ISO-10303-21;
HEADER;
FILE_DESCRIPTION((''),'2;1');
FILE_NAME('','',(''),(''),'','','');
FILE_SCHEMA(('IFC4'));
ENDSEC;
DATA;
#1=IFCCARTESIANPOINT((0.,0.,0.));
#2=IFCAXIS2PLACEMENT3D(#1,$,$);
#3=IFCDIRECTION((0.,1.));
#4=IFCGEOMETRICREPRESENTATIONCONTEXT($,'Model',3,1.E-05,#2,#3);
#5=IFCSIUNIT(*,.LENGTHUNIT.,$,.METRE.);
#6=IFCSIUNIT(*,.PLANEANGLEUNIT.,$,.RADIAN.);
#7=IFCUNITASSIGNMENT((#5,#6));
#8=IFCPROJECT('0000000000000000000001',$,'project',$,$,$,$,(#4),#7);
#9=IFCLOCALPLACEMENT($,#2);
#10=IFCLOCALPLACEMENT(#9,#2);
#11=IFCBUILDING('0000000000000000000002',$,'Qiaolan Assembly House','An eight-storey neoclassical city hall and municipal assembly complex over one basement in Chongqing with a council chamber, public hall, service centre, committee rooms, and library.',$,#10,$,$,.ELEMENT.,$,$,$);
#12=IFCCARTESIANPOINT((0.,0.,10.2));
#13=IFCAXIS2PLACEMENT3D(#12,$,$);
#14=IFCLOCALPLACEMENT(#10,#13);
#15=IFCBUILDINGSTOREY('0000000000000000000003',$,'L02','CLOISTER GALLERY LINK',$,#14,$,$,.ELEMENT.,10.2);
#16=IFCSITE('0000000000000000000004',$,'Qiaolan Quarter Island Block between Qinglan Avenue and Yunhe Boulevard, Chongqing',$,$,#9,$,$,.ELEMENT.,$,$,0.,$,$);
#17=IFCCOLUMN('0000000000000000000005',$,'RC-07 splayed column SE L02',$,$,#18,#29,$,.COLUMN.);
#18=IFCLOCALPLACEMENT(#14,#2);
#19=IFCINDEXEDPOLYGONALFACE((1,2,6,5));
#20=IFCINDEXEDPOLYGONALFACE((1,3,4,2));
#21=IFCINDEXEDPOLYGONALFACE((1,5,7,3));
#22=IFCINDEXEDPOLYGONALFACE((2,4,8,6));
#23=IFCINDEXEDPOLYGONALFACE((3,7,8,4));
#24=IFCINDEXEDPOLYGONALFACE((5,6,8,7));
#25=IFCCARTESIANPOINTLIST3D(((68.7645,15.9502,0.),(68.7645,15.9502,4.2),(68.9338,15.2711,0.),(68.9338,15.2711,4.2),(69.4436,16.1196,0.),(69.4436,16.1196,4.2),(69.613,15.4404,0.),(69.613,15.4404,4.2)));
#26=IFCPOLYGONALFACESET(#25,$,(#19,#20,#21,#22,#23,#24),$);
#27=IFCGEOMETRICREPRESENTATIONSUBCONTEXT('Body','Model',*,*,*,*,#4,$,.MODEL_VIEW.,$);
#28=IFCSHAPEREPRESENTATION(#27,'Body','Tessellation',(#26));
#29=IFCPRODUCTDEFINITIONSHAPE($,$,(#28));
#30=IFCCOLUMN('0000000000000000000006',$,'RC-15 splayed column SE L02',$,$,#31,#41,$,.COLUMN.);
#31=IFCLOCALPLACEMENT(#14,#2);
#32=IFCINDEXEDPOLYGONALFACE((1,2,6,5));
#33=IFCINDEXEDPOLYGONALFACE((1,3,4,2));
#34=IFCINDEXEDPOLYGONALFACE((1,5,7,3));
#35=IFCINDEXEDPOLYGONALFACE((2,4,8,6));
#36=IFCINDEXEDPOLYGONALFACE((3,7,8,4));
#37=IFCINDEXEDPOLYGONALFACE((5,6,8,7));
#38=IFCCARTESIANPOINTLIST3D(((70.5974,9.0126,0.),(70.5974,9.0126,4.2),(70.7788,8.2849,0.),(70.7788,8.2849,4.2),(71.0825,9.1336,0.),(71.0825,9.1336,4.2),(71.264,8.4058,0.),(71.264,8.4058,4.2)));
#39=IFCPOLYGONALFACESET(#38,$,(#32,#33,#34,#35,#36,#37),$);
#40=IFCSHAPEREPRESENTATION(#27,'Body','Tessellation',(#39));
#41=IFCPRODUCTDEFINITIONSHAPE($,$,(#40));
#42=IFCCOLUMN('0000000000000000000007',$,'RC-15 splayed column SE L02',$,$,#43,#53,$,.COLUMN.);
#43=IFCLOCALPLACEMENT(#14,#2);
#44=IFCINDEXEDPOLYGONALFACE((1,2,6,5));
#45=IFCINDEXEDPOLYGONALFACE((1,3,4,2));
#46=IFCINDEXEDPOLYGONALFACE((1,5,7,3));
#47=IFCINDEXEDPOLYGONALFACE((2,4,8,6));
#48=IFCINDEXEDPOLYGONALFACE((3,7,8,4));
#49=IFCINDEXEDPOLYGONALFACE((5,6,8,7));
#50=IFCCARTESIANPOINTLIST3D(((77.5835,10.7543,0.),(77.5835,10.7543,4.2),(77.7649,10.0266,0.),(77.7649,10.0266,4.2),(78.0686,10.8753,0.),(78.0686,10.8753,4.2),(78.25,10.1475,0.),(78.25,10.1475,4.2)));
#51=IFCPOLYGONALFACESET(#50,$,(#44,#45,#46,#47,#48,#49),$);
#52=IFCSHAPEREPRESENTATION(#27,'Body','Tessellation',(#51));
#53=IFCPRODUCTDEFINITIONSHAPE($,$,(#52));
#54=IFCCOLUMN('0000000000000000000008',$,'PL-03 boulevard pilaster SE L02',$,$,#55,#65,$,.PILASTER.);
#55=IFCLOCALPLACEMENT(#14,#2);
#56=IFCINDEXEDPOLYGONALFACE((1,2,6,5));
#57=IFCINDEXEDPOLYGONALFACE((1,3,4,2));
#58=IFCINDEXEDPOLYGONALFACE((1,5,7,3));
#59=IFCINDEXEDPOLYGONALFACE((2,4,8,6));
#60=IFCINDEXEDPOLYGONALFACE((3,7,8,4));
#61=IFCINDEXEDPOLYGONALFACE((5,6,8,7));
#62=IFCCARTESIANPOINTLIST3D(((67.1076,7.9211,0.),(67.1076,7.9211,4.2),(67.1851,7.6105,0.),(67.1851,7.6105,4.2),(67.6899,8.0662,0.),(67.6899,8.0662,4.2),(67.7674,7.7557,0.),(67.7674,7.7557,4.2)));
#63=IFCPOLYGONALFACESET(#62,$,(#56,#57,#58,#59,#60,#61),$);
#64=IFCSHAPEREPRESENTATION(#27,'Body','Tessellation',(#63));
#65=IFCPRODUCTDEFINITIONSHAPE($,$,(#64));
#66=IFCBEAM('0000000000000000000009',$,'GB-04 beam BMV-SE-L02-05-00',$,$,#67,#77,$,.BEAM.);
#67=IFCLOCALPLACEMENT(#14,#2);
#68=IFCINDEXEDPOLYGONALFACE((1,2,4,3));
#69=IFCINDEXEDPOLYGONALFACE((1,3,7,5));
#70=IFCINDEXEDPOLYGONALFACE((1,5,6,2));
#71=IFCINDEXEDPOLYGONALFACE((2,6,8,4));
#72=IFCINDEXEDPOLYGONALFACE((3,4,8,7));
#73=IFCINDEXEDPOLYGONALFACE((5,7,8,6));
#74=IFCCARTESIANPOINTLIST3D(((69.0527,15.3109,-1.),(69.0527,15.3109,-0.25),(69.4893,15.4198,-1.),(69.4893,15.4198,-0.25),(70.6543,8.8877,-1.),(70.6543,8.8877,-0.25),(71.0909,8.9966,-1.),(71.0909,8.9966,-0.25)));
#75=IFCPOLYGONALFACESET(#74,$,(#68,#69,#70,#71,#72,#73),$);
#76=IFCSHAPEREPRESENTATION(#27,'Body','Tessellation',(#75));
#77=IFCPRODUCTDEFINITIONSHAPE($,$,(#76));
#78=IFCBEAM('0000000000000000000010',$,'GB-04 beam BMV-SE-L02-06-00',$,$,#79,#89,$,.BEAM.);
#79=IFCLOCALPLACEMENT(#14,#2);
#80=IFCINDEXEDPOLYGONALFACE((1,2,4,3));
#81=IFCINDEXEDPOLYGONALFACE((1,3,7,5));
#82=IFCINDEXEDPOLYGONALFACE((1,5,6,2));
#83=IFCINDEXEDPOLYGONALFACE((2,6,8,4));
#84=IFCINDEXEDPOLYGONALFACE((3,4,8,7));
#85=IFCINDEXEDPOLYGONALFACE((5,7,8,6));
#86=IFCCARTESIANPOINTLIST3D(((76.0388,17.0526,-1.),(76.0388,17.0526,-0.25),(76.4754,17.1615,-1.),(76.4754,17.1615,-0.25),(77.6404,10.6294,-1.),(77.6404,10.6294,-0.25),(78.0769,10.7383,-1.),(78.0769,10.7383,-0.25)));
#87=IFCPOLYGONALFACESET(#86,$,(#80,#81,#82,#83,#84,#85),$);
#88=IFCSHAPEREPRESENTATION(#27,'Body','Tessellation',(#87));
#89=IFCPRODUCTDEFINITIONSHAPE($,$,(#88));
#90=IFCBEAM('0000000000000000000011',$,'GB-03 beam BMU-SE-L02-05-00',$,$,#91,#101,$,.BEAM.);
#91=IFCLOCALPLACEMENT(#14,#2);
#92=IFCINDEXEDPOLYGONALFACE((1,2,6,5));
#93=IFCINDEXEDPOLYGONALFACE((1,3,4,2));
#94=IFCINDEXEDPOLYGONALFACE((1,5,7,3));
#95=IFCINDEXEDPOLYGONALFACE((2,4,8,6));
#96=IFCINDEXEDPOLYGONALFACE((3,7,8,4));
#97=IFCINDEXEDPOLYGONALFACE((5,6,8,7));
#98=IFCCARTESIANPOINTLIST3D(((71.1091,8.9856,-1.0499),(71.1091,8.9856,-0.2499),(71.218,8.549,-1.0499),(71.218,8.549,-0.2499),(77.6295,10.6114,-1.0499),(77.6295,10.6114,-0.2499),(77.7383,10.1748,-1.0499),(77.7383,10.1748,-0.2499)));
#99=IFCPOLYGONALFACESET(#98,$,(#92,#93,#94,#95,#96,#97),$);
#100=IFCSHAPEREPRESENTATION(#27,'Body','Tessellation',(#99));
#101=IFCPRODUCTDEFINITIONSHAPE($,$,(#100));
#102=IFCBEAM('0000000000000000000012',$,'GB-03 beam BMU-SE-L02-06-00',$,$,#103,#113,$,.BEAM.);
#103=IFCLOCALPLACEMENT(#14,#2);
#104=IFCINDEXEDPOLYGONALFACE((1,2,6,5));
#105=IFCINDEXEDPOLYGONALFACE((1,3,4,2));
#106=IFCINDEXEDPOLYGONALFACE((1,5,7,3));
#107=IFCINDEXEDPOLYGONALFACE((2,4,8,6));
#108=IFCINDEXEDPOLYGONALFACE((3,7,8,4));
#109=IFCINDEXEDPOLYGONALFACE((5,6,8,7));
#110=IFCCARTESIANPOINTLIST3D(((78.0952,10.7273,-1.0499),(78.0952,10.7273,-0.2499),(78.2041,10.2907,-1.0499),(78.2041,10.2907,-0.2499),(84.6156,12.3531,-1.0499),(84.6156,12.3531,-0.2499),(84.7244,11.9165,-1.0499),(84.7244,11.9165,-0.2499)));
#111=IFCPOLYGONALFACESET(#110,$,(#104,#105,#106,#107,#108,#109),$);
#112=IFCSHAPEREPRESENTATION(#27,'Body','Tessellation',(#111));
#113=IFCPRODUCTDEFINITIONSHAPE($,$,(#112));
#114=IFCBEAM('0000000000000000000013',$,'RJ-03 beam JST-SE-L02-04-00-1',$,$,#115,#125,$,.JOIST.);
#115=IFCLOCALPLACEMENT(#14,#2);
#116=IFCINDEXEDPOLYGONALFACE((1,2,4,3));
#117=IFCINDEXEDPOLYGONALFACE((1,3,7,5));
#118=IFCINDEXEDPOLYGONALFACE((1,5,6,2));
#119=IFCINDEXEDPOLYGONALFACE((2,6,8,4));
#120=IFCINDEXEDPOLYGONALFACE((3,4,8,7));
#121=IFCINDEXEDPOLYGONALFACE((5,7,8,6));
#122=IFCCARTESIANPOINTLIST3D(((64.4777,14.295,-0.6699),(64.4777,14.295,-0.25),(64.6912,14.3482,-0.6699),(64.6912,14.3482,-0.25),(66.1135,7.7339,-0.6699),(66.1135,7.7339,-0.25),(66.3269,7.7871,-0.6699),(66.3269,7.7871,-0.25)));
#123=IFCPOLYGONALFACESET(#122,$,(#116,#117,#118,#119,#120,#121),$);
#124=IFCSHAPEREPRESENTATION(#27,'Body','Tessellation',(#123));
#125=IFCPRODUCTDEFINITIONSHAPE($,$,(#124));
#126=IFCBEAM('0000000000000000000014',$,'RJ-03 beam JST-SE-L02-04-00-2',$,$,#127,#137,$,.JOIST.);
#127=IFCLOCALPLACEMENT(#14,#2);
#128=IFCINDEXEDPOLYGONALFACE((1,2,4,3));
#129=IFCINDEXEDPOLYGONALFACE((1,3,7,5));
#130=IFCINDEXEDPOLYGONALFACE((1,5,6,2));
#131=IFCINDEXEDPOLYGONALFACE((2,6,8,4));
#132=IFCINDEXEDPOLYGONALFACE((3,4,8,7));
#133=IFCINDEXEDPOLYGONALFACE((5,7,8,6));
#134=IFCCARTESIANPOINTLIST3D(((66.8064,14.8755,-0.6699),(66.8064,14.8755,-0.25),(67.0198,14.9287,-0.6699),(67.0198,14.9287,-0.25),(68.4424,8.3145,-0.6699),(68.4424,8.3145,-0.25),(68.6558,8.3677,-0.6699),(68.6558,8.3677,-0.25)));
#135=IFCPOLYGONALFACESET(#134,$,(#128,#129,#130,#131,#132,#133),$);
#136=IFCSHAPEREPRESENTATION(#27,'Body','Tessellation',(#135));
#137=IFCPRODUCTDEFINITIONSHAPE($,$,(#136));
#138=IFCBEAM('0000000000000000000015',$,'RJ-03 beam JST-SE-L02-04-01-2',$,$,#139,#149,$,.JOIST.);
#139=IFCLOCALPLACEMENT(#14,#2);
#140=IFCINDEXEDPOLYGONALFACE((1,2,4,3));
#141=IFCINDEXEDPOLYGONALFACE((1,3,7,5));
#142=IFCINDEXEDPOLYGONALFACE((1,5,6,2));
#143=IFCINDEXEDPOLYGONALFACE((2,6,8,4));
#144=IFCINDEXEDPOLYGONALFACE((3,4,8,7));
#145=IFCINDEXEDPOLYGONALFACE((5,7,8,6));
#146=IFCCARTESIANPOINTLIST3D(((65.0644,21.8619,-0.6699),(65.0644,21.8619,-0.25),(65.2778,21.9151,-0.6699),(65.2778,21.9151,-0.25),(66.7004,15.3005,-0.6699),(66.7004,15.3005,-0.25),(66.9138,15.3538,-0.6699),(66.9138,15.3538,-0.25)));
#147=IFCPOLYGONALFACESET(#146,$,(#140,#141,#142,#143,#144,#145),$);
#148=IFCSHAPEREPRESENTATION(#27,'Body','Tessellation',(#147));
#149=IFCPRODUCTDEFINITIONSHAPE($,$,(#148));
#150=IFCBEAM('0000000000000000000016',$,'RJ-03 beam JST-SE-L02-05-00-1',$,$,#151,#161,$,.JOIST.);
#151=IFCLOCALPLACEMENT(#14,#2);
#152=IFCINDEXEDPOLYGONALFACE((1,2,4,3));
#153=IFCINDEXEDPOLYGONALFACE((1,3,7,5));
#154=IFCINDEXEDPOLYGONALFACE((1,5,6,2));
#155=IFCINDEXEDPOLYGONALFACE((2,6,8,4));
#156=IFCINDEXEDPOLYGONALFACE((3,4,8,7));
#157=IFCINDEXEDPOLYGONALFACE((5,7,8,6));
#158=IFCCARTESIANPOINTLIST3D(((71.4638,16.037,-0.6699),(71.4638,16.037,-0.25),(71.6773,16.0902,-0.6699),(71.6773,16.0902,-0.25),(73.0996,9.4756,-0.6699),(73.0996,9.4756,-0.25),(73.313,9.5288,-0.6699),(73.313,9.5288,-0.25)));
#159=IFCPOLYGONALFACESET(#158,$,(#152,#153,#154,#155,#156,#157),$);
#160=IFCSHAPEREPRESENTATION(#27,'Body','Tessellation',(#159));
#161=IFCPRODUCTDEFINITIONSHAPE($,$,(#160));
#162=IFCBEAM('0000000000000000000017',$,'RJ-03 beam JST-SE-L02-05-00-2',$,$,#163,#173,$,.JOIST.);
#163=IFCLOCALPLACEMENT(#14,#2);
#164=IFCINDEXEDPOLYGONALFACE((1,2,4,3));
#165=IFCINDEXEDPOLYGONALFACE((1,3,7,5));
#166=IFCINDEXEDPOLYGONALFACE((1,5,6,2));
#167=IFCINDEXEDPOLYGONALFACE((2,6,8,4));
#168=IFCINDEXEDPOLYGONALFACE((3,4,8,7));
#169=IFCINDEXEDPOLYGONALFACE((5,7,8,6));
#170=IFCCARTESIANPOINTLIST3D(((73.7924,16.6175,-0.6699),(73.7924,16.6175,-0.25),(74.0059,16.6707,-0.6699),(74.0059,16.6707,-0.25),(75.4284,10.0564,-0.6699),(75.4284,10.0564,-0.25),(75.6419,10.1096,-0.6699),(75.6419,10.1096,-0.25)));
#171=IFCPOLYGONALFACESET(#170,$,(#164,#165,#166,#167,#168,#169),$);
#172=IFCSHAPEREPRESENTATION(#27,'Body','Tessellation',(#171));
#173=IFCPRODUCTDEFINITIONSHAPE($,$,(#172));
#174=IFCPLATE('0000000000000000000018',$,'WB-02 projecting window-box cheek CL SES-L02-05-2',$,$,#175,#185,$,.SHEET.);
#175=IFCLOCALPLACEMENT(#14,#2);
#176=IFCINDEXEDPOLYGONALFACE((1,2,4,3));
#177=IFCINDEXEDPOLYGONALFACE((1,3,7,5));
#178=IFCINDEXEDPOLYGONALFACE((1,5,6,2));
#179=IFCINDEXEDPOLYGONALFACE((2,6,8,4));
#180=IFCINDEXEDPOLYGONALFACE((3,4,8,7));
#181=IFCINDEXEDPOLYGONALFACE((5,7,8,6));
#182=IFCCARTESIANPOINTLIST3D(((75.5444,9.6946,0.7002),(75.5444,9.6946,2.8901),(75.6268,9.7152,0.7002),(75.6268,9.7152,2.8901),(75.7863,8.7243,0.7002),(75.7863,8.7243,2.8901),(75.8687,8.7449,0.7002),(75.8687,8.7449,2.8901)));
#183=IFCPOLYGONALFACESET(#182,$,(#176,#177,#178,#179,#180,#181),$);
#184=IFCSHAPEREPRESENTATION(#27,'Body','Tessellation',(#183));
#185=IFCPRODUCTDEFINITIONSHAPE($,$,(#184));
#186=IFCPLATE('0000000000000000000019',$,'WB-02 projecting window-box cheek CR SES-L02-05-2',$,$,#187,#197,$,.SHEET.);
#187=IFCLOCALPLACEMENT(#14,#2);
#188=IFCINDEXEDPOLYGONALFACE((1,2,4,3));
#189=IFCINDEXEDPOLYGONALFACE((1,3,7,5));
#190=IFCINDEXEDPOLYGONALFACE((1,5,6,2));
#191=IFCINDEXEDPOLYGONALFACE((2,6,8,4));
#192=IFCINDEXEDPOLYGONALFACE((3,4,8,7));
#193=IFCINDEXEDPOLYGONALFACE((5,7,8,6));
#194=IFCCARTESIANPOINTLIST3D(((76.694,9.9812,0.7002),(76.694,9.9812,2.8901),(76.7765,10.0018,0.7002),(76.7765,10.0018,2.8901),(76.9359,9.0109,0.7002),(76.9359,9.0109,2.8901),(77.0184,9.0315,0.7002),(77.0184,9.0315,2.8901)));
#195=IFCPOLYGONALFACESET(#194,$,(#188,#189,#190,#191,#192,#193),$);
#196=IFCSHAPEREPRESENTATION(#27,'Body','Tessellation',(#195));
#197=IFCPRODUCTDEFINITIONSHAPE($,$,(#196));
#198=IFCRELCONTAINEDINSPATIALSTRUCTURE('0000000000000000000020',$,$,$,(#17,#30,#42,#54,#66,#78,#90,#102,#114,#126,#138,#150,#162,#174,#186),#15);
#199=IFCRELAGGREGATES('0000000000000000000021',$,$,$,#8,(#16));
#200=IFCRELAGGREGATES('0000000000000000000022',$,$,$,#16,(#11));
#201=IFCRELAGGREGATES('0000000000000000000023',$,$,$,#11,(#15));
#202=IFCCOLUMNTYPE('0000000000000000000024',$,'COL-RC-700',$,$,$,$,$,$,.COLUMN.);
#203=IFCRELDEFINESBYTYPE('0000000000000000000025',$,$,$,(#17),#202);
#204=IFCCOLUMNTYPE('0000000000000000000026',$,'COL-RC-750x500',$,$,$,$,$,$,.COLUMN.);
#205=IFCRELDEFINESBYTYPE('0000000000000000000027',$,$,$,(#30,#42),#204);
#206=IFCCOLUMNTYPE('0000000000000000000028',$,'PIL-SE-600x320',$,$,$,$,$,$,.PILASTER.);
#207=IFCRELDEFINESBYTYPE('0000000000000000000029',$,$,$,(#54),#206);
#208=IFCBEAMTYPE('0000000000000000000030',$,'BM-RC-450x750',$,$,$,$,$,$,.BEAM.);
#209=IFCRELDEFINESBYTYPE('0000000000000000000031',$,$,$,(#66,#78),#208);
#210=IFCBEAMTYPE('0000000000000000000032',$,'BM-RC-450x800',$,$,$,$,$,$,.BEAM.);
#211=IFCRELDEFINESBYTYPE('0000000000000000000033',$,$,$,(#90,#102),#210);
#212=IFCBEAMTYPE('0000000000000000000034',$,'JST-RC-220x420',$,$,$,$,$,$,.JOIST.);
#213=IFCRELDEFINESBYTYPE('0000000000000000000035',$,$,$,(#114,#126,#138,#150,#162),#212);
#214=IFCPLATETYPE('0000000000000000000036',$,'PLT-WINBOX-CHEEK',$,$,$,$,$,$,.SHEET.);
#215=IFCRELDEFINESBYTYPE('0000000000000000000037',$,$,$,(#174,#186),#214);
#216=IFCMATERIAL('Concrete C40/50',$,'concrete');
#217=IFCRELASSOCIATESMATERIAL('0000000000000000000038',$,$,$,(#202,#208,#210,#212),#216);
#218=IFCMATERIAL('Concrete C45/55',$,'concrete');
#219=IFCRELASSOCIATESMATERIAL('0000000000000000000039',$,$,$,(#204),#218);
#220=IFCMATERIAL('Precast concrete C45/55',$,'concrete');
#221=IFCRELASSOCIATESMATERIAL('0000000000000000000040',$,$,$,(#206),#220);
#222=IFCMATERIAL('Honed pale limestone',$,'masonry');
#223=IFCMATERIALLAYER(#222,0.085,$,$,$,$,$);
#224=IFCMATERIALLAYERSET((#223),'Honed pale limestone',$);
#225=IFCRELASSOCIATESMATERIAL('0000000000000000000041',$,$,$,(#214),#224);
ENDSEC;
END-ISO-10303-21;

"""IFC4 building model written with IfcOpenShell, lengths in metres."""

from ifc_helpers import new_model, si_unit, direction, frame, origin, origin_2d, place, context, subcontext, project, spatial, rectangle, extrude, material, layer, layer_set, material_profile, profile_set, type_object, element, save


model = new_model("IFC4")

# Units and contexts
model_context = context("Model", 3, precision=1e-05, world=origin(), true_north=direction((0.0, 1.0)))
body_context = subcontext(model_context, "Body", "Model", "MODEL_VIEW")
ifc_project = project(units=[si_unit("LENGTHUNIT", "METRE"), si_unit("PLANEANGLEUNIT", "RADIAN")], contexts=[model_context])

# Site, building, storey
site_placement = place(None, origin())
site = spatial("IfcSite", under=ifc_project, at=site_placement, Name="Qiaolan Quarter Island Block between Qinglan Avenue and Yunhe Boulevard, Chongqing", CompositionType="ELEMENT", RefElevation=0.0)
building_placement = place(site_placement, origin())
building = spatial("IfcBuilding", under=site, at=building_placement, Name="Qiaolan Assembly House", Description="An eight-storey neoclassical city hall and municipal assembly complex over one basement in Chongqing with a council chamber, public hall, service centre, committee rooms, and library.", CompositionType="ELEMENT")
storey_placement = place(building_placement, frame((0.0, 0.0, 10.2)))
storey = spatial("IfcBuildingStorey", under=building, at=storey_placement, Name="L02", Description="CLOISTER GALLERY LINK", CompositionType="ELEMENT", Elevation=10.2)

# Columns
ifc_material_1 = material(Name="Concrete C40/50", Category="concrete")
ifc_material_profile_1 = material_profile(ifc_material_1, rectangle(XDim=0.7, YDim=0.7, at=origin_2d()), Name="RC 700x700")
ifc_profile_set_1 = profile_set([ifc_material_profile_1], Name="Concrete C40/50")
column_type_1 = type_object("IfcColumnType", Name="COL-RC-700", PredefinedType="COLUMN", material=ifc_profile_set_1)
column_1_placement = place(storey_placement, frame((69.1887, 15.6953, 0.0), z_axis=(0.0, 0.0, 1.0), x_axis=(0.970296, 0.241922, 0.0)))
element("IfcColumn", 1, at=column_1_placement, inside=storey, type_object=column_type_1, Name="RC-07 splayed column SE L02", PredefinedType="COLUMN", context=body_context, shape_type="SweptSolid", body=[
    extrude(rectangle(XDim=0.7, YDim=0.7, at=origin_2d()), origin(), (0.0, 0.0, 1.0), 4.2),
])
ifc_material_2 = material(Name="Concrete C45/55", Category="concrete")
ifc_material_profile_2 = material_profile(ifc_material_2, rectangle(XDim=0.5, YDim=0.75, at=origin_2d()), Name="RC 750x500")
ifc_profile_set_2 = profile_set([ifc_material_profile_2], Name="Concrete C45/55")
column_type_2 = type_object("IfcColumnType", Name="COL-RC-750x500", PredefinedType="COLUMN", material=ifc_profile_set_2)
for number, where, z_axis, x_axis, name in (
    (2, (70.9307, 8.7092, 0.0), (0.0, 0.0, 1.0), (0.970296, 0.241922, 0.0), "RC-15 splayed column SE L02"),
    (3, (77.9167, 10.4509, 0.0), (0.0, 0.0, 1.0), (0.970296, 0.241922, 0.0), "RC-15 splayed column SE L02"),
):
    element("IfcColumn", number, at=place(storey_placement, frame(where, z_axis=z_axis, x_axis=x_axis)), inside=storey, type_object=column_type_2, Name=name, PredefinedType="COLUMN", context=body_context, shape_type="SweptSolid", body=[
        extrude(rectangle(XDim=0.5, YDim=0.75, at=origin_2d()), origin(), (0.0, 0.0, 1.0), 4.2),
    ])
ifc_material_3 = material(Name="Precast concrete C45/55", Category="concrete")
ifc_material_profile_3 = material_profile(ifc_material_3, rectangle(XDim=0.6001, YDim=0.3201, at=origin_2d()), Name="PIL 600x320")
ifc_profile_set_3 = profile_set([ifc_material_profile_3], Name="Precast concrete C45/55")
column_type_3 = type_object("IfcColumnType", Name="PIL-SE-600x320", PredefinedType="PILASTER", material=ifc_profile_set_3)
column_2_placement = place(storey_placement, frame((67.4375, 7.8384, 0.0), z_axis=(0.0, 0.0, 1.0), x_axis=(0.970296, 0.241922, 0.0)))
element("IfcColumn", 4, at=column_2_placement, inside=storey, type_object=column_type_3, Name="PL-03 boulevard pilaster SE L02", PredefinedType="PILASTER", context=body_context, shape_type="SweptSolid", body=[
    extrude(rectangle(XDim=0.6001, YDim=0.3201, at=origin_2d()), origin(), (0.0, 0.0, 1.0), 4.2),
])

# Beams
ifc_material_profile_4 = material_profile(ifc_material_1, rectangle(XDim=0.45, YDim=0.75, at=origin_2d()), Name="RCB 450x750")
ifc_profile_set_4 = profile_set([ifc_material_profile_4], Name="Concrete C40/50")
beam_type_1 = type_object("IfcBeamType", Name="BM-RC-450x750", PredefinedType="BEAM", material=ifc_profile_set_4)
for number, where, z_axis, x_axis, name in (
    (5, (70.8726, 8.9421, -0.625), (-0.241928, 0.970294, 0.0), (-0.970294, -0.241928, 0.0), "GB-04 beam BMV-SE-L02-05-00"),
    (6, (77.8586, 10.6838, -0.625), (-0.241928, 0.970294, 0.0), (-0.970294, -0.241928, 0.0), "GB-04 beam BMV-SE-L02-06-00"),
):
    element("IfcBeam", number, at=place(storey_placement, frame(where, z_axis=z_axis, x_axis=x_axis)), inside=storey, type_object=beam_type_1, Name=name, PredefinedType="BEAM", context=body_context, shape_type="SweptSolid", body=[
        extrude(rectangle(XDim=0.45, YDim=0.75, at=origin_2d()), origin(), (0.0, 0.0, 1.0), 6.6199),
    ])
ifc_material_profile_5 = material_profile(ifc_material_1, rectangle(XDim=0.45, YDim=0.8, at=origin_2d()), Name="RCB 450x800")
ifc_profile_set_5 = profile_set([ifc_material_profile_5], Name="Concrete C40/50")
beam_type_2 = type_object("IfcBeamType", Name="BM-RC-450x800", PredefinedType="BEAM", material=ifc_profile_set_5)
for number, where, z_axis, x_axis, name in (
    (7, (71.1636, 8.7673, -0.6499), (0.970294, 0.241929, 0.0), (-0.241929, 0.970294, 0.0), "GB-03 beam BMU-SE-L02-05-00"),
    (8, (78.1497, 10.509, -0.6499), (0.970294, 0.241929, 0.0), (-0.241929, 0.970294, 0.0), "GB-03 beam BMU-SE-L02-06-00"),
):
    element("IfcBeam", number, at=place(storey_placement, frame(where, z_axis=z_axis, x_axis=x_axis)), inside=storey, type_object=beam_type_2, Name=name, PredefinedType="BEAM", context=body_context, shape_type="SweptSolid", body=[
        extrude(rectangle(XDim=0.45, YDim=0.8, at=origin_2d()), origin(), (0.0, 0.0, 1.0), 6.72),
    ])
ifc_material_profile_6 = material_profile(ifc_material_1, rectangle(XDim=0.22, YDim=0.4199, at=origin_2d()), Name="RCB 220x420")
ifc_profile_set_6 = profile_set([ifc_material_profile_6], Name="Concrete C40/50")
beam_type_3 = type_object("IfcBeamType", Name="JST-RC-220x420", PredefinedType="JOIST", material=ifc_profile_set_6)
for number, where, z_axis, x_axis, name in (
    (9, (66.2202, 7.7605, -0.46), (-0.241907, 0.970299, 0.0), (-0.970299, -0.241907, 0.0), "RJ-03 beam JST-SE-L02-04-00-1"),
    (10, (68.5491, 8.3411, -0.46), (-0.241941, 0.970291, 0.0), (-0.970291, -0.241941, 0.0), "RJ-03 beam JST-SE-L02-04-00-2"),
):
    element("IfcBeam", number, at=place(storey_placement, frame(where, z_axis=z_axis, x_axis=x_axis)), inside=storey, type_object=beam_type_3, Name=name, PredefinedType="JOIST", context=body_context, shape_type="SweptSolid", body=[
        extrude(rectangle(XDim=0.22, YDim=0.4199, at=origin_2d()), origin(), (0.0, 0.0, 1.0), 6.762),
    ])
for number, where, z_axis, x_axis, name in (
    (11, (66.8071, 15.3271, -0.46), (-0.241932, 0.970293, 0.0), (-0.970293, -0.241932, 0.0), "RJ-03 beam JST-SE-L02-04-01-2"),
    (12, (73.2063, 9.5022, -0.46), (-0.241898, 0.970302, 0.0), (-0.970302, -0.241898, 0.0), "RJ-03 beam JST-SE-L02-05-00-1"),
):
    element("IfcBeam", number, at=place(storey_placement, frame(where, z_axis=z_axis, x_axis=x_axis)), inside=storey, type_object=beam_type_3, Name=name, PredefinedType="JOIST", context=body_context, shape_type="SweptSolid", body=[
        extrude(rectangle(XDim=0.22, YDim=0.4199, at=origin_2d()), origin(), (0.0, 0.0, 1.0), 6.7622),
    ])
beam_placement = place(storey_placement, frame((75.5352, 10.083, -0.46), z_axis=(-0.241941, 0.970291, 0.0), x_axis=(-0.970291, -0.241941, 0.0)))
element("IfcBeam", 13, at=beam_placement, inside=storey, type_object=beam_type_3, Name="RJ-03 beam JST-SE-L02-05-00-2", PredefinedType="JOIST", context=body_context, shape_type="SweptSolid", body=[
    extrude(rectangle(XDim=0.22, YDim=0.4199, at=origin_2d()), origin(), (0.0, 0.0, 1.0), 6.762),
])

# Plates
ifc_material_4 = material(Name="Honed pale limestone", Category="masonry")
ifc_layer_1 = layer(ifc_material_4, 0.085)
ifc_layer_set_1 = layer_set([ifc_layer_1], Name="Honed pale limestone")
plate_type = type_object("IfcPlateType", Name="PLT-WINBOX-CHEEK", PredefinedType="SHEET", material=ifc_layer_set_1)
for number, where, z_axis, x_axis, name in (
    (14, (75.7065, 9.2197, 0.7002), (0.0, 0.0, 1.0), (0.970296, 0.241922, 0.0), "WB-02 projecting window-box cheek CL SES-L02-05-2"),
    (15, (76.8562, 9.5063, 0.7002), (0.0, 0.0, 1.0), (0.970296, 0.241922, 0.0), "WB-02 projecting window-box cheek CR SES-L02-05-2"),
):
    element("IfcPlate", number, at=place(storey_placement, frame(where, z_axis=z_axis, x_axis=x_axis)), inside=storey, type_object=plate_type, Name=name, PredefinedType="SHEET", context=body_context, shape_type="SweptSolid", body=[
        extrude(rectangle(XDim=0.085, YDim=1.0, at=origin_2d()), origin(), (0.0, 0.0, 1.0), 2.1899),
    ])

save(model, "model.ifc")
